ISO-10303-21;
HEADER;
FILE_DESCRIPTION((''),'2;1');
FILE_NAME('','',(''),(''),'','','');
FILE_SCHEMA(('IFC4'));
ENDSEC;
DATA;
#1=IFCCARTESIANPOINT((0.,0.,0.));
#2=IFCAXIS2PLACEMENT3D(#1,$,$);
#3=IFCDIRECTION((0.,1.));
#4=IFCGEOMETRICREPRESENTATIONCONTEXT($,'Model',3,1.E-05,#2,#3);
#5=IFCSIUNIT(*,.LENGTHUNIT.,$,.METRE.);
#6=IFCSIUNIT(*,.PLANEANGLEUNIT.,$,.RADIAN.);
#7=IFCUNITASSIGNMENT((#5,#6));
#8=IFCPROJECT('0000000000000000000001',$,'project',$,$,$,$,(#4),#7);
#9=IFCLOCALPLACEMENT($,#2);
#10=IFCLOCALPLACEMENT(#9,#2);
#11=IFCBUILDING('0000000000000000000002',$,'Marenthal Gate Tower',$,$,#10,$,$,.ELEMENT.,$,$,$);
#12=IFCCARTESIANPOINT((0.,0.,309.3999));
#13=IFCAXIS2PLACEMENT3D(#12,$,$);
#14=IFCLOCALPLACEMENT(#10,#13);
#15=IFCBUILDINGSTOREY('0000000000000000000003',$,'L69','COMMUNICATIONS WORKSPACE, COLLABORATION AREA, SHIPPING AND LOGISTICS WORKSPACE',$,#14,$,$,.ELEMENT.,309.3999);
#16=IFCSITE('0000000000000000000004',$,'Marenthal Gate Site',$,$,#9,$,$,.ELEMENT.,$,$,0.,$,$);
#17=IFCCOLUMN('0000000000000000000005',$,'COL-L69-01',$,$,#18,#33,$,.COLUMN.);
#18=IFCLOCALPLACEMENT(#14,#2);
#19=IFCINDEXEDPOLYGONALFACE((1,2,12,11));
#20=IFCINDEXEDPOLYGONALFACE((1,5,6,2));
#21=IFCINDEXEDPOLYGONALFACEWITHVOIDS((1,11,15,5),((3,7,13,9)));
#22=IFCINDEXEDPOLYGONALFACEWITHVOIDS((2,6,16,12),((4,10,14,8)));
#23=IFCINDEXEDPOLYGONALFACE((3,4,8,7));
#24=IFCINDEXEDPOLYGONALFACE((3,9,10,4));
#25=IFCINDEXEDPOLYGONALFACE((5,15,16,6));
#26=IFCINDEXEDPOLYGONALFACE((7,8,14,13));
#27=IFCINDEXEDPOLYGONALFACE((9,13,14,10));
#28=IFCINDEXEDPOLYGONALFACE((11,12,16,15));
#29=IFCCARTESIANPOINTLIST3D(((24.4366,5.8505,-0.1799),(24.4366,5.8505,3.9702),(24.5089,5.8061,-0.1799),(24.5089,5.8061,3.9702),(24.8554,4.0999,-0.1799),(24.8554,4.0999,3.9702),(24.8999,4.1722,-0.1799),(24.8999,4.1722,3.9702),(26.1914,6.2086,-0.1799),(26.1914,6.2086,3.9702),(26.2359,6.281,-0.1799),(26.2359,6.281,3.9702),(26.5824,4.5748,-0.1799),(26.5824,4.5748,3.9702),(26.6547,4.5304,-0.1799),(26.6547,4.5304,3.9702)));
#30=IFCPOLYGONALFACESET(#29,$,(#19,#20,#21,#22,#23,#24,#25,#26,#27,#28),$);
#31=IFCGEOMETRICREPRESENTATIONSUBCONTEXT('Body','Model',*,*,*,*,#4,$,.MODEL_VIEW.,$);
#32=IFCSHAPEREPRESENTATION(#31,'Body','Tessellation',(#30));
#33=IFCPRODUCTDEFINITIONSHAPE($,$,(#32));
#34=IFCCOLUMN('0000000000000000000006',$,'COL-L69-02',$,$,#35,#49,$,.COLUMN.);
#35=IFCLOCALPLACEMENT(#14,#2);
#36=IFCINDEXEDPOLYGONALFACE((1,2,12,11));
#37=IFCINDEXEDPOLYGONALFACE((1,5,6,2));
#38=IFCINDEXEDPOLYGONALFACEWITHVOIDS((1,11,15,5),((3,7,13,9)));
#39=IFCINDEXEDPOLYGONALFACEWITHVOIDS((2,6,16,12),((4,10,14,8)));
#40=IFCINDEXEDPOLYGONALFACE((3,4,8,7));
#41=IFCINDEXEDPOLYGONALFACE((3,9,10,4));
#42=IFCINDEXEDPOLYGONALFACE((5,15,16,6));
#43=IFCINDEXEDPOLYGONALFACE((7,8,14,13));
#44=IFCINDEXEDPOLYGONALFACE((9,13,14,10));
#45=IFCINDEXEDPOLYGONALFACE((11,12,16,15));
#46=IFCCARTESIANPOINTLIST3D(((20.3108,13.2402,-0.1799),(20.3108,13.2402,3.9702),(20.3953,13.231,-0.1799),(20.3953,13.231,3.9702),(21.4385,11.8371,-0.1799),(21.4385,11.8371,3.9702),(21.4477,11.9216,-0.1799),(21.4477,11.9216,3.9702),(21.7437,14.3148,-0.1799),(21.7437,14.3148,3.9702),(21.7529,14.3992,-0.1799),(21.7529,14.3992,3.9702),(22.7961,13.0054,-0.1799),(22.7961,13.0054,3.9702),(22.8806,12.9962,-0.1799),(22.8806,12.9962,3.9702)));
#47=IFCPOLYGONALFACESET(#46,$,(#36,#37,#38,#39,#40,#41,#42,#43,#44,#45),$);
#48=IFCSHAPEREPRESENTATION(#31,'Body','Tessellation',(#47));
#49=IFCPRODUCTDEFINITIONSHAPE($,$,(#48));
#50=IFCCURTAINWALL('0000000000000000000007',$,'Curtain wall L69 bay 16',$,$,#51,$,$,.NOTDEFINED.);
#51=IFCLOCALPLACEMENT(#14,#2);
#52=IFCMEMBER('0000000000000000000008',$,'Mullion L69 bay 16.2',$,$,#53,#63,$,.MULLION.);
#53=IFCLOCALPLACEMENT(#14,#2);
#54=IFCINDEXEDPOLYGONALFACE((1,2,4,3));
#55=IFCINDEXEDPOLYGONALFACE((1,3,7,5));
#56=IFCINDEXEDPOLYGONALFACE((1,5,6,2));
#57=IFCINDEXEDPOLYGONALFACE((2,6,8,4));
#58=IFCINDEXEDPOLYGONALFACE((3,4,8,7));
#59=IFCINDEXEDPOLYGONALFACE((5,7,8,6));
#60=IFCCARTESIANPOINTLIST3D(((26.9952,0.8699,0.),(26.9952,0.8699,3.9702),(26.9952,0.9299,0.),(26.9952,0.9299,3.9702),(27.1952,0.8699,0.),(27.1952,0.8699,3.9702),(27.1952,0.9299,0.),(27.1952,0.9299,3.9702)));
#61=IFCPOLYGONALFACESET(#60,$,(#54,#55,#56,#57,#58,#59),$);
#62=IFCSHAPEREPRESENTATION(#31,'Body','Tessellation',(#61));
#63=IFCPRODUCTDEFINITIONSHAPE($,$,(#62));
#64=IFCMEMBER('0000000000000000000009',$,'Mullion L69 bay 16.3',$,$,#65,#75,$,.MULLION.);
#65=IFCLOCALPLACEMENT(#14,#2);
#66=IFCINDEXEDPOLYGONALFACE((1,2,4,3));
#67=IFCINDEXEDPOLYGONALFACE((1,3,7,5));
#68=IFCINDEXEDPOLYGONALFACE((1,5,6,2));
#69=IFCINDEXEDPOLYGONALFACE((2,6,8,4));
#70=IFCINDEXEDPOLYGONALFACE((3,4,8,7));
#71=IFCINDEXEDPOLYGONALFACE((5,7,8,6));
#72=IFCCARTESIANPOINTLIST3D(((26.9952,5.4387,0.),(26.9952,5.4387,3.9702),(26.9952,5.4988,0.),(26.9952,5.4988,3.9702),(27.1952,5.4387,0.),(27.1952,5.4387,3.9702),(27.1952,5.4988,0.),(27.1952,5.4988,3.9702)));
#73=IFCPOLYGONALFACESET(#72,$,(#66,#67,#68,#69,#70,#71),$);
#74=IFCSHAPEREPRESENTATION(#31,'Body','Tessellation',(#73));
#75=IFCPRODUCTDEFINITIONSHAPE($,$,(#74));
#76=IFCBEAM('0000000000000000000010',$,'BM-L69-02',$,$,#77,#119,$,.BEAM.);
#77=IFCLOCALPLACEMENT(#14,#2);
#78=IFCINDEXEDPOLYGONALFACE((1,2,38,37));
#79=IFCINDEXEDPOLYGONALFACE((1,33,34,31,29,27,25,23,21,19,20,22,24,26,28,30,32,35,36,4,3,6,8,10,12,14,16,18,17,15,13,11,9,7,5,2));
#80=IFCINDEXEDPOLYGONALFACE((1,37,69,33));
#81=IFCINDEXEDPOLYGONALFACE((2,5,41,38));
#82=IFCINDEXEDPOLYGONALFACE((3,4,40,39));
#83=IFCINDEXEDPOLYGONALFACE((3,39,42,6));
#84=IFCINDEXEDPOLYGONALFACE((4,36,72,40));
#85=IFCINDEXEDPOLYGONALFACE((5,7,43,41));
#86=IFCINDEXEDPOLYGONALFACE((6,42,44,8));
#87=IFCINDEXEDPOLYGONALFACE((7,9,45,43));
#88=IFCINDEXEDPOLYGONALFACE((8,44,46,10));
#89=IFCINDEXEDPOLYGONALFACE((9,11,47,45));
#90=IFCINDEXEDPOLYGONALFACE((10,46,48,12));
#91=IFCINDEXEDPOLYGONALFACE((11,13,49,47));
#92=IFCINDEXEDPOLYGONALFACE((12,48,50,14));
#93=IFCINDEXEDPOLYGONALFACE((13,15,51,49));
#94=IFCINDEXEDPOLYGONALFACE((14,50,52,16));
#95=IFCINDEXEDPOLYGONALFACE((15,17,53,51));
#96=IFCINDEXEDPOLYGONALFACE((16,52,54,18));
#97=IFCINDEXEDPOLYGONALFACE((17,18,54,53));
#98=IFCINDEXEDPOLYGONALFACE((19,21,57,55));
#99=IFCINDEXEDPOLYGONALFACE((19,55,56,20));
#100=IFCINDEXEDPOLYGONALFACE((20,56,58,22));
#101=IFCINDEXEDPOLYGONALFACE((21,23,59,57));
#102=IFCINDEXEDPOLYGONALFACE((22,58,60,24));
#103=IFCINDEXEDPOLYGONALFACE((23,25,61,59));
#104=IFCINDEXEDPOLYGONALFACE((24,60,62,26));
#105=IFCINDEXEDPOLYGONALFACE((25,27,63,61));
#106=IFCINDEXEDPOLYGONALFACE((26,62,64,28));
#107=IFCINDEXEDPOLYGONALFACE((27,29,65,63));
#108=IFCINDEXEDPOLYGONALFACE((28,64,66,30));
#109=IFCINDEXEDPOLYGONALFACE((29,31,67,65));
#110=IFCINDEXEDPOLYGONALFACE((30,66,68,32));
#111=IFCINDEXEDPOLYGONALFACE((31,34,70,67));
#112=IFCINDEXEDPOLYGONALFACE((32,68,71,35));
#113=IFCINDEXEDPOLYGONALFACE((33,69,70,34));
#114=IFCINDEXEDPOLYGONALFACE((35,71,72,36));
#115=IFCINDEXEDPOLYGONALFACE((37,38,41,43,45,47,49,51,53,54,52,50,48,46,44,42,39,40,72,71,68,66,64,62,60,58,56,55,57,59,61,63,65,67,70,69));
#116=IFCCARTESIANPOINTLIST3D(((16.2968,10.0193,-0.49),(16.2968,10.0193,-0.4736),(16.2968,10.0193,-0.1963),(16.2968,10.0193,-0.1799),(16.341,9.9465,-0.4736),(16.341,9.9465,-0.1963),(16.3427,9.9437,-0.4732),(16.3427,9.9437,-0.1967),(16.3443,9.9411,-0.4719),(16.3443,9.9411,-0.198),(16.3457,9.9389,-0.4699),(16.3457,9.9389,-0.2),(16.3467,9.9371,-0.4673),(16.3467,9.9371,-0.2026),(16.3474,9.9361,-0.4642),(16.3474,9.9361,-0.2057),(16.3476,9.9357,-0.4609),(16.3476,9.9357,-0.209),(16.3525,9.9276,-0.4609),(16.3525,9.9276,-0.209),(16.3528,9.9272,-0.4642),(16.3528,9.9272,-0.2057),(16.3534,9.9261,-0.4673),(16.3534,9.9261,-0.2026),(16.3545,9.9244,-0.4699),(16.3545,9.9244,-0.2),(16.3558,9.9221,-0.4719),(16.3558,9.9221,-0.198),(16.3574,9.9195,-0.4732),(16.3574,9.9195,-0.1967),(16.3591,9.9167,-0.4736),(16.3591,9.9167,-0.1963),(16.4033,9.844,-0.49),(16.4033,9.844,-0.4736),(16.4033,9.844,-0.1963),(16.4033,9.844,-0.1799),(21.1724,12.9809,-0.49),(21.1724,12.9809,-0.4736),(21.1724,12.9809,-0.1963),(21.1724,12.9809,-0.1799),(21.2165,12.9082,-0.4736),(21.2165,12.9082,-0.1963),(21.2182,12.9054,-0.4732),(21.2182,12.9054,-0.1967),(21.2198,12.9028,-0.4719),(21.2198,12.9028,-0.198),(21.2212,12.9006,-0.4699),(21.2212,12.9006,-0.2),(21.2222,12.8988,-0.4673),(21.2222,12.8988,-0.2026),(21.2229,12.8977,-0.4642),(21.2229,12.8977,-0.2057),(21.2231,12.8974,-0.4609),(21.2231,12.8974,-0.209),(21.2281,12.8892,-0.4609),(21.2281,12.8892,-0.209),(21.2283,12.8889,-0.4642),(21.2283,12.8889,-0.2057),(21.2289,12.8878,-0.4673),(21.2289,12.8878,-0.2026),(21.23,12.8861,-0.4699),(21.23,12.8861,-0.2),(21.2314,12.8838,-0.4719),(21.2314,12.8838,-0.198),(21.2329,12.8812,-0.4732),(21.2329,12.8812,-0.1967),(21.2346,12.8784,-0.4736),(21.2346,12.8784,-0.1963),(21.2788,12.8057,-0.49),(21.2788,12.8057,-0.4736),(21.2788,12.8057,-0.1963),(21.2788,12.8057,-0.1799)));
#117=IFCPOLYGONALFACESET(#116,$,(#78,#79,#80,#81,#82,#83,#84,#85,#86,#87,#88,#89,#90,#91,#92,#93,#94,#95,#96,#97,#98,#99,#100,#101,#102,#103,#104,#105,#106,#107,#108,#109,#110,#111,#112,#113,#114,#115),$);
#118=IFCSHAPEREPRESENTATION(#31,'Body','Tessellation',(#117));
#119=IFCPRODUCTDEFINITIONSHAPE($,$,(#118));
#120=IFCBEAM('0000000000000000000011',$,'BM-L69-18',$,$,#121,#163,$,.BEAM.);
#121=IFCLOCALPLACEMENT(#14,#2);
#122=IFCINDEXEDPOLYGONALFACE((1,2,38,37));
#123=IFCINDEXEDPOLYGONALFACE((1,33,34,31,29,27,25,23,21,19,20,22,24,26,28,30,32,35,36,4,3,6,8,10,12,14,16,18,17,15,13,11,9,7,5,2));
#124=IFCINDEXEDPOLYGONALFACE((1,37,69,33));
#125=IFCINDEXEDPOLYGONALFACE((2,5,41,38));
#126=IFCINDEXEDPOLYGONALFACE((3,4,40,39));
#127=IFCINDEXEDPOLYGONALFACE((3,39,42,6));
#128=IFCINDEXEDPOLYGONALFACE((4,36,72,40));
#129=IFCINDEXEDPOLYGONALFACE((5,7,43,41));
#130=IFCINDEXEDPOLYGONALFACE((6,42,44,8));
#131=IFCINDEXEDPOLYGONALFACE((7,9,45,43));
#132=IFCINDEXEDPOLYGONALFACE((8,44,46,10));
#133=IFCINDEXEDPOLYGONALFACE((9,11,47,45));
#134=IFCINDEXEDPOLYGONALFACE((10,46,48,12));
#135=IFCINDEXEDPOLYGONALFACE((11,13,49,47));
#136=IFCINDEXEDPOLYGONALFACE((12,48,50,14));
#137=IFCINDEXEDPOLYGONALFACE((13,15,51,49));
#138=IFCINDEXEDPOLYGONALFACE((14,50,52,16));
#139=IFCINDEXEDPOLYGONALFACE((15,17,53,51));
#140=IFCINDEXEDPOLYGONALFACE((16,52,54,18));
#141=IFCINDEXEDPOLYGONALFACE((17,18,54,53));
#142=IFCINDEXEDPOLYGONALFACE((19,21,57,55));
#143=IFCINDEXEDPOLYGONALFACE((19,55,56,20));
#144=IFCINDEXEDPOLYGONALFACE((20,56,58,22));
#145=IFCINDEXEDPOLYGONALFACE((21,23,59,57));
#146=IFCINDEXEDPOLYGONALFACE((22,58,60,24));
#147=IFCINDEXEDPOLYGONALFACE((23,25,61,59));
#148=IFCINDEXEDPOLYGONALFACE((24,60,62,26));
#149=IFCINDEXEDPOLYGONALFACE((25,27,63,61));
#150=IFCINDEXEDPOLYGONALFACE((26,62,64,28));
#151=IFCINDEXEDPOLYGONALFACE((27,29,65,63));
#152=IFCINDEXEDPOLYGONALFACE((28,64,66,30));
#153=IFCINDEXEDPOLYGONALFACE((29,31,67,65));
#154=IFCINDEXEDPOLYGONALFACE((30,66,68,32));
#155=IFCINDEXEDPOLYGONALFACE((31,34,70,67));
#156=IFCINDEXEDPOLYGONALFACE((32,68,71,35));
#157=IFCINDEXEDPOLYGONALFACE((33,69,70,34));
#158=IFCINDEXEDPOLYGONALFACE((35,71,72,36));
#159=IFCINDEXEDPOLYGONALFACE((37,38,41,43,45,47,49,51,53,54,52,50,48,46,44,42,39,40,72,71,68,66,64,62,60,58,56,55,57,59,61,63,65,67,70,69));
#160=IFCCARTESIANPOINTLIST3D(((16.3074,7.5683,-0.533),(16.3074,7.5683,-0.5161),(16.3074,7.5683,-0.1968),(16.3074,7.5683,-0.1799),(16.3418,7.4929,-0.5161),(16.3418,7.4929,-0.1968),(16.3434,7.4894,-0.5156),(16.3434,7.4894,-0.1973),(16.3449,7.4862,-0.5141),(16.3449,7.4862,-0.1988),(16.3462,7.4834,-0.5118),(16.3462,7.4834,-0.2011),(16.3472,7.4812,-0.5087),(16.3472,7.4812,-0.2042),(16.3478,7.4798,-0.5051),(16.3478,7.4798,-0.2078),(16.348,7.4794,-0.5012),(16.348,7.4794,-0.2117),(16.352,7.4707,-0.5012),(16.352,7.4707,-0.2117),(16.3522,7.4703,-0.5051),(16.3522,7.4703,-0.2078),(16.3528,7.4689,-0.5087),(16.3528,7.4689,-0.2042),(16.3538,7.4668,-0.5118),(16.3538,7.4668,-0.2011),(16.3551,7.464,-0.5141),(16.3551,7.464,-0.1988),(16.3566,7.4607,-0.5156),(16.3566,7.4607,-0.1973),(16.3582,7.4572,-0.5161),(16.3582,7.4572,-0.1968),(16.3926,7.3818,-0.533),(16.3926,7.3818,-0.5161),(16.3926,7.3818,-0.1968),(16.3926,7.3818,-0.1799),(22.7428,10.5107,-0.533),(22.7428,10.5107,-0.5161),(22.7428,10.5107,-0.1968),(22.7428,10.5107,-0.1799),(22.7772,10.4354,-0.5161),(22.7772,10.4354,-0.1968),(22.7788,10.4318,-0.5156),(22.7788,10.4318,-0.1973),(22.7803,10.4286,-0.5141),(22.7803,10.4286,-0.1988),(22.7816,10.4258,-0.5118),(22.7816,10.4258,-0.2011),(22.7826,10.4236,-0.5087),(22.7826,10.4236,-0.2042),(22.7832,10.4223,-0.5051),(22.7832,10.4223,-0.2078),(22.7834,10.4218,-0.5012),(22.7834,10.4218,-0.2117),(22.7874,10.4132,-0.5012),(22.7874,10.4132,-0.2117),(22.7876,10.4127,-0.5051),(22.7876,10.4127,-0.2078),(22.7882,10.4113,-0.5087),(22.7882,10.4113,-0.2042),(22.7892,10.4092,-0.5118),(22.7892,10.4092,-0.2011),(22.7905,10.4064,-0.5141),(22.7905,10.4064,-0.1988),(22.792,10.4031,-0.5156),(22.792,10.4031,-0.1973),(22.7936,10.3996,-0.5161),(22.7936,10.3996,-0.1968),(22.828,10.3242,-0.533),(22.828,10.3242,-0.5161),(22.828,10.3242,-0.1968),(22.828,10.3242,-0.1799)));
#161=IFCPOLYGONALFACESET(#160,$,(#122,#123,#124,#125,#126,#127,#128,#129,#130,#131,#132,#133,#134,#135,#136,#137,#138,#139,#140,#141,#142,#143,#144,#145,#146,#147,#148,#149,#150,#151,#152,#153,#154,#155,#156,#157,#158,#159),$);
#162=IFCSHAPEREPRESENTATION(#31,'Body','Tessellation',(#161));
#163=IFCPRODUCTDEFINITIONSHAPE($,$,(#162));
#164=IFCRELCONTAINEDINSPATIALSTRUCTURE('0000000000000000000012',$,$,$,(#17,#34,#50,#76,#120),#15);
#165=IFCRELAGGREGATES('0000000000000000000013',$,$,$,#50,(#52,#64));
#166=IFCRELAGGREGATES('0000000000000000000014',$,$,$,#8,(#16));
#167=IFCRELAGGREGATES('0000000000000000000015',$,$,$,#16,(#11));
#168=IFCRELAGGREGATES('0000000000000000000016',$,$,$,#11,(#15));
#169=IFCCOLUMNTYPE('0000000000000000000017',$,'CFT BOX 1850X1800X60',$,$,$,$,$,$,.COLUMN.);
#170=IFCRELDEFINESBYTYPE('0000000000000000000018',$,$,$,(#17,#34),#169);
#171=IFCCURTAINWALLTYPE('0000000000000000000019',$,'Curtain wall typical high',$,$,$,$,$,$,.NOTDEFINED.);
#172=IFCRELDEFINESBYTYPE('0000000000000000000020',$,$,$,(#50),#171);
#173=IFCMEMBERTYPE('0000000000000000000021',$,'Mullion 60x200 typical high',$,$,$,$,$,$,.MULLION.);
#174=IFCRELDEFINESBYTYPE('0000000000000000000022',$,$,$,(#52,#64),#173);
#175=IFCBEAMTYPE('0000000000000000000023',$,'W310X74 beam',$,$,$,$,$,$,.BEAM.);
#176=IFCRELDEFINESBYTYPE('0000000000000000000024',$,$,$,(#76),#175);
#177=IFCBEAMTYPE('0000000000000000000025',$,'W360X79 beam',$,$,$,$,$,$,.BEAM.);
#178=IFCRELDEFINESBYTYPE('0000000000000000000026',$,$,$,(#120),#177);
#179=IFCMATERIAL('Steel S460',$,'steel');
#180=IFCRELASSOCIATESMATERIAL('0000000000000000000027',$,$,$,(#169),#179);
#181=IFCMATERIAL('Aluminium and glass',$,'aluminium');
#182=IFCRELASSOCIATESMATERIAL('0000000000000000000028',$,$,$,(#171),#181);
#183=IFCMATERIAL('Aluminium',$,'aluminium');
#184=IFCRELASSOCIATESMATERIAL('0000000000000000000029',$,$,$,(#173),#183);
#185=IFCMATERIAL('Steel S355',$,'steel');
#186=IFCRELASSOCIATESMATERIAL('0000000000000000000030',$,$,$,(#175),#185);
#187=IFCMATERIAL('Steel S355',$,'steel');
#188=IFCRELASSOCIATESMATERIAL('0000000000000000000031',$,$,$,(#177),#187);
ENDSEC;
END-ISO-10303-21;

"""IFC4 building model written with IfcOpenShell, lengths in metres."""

from ifc_helpers import new_model, si_unit, direction, frame, origin, origin_2d, place, context, subcontext, project, spatial, rectangle, hollow_rectangle, i_section, extrude, material, material_profile, profile_set, type_object, element, aggregate, save


model = new_model("IFC4")

# Units and contexts
model_context = context("Model", 3, precision=1e-05, world=origin(), true_north=direction((0.0, 1.0)))
body_context = subcontext(model_context, "Body", "Model", "MODEL_VIEW")
ifc_project = project(units=[si_unit("LENGTHUNIT", "METRE"), si_unit("PLANEANGLEUNIT", "RADIAN")], contexts=[model_context])

# Site, building, storey
site_placement = place(None, origin())
site = spatial("IfcSite", under=ifc_project, at=site_placement, Name="Marenthal Gate Site", CompositionType="ELEMENT", RefElevation=0.0)
building_placement = place(site_placement, origin())
building = spatial("IfcBuilding", under=site, at=building_placement, Name="Marenthal Gate Tower", CompositionType="ELEMENT")
storey_placement = place(building_placement, frame((0.0, 0.0, 309.3999)))
storey = spatial("IfcBuildingStorey", under=building, at=storey_placement, Name="L69", Description="COMMUNICATIONS WORKSPACE, COLLABORATION AREA, SHIPPING AND LOGISTICS WORKSPACE", CompositionType="ELEMENT", Elevation=309.3999)

# Columns
ifc_material_1 = material(Name="Steel S460", Category="steel")
ifc_material_profile_1 = material_profile(ifc_material_1, hollow_rectangle(XDim=1.8, YDim=1.8501, WallThickness=0.0601, at=origin_2d()), Name="CFT BOX 1850X1800X60")
ifc_material_2 = material(Name="Concrete 70 MPa", Category="concrete")
ifc_material_profile_2 = material_profile(ifc_material_2, rectangle(XDim=1.6799, YDim=1.73, at=origin_2d()), Name="CFT BOX 1850X1800X60 INFILL")
ifc_profile_set_1 = profile_set([ifc_material_profile_1, ifc_material_profile_2], Name="Steel S460 shell, Concrete 70 MPa infill")
column_type = type_object("IfcColumnType", Name="CFT BOX 1850X1800X60", PredefinedType="COLUMN", material=ifc_profile_set_1)
for number, where, z_axis, x_axis, name in (
    (1, (25.5457, 5.1904, -0.1799), (0.0, 0.0, 1.0), (0.232702, -0.972548, 0.0), "COL-L69-01"),
    (2, (21.5957, 13.1182, -0.1799), (0.0, 0.0, 1.0), (0.626475, -0.779442, 0.0), "COL-L69-02"),
):
    element("IfcColumn", number, at=place(storey_placement, frame(where, z_axis=z_axis, x_axis=x_axis)), inside=storey, type_object=column_type, Name=name, PredefinedType="COLUMN", context=body_context, shape_type="SweptSolid", body=[
        extrude(hollow_rectangle(XDim=1.8, YDim=1.8501, WallThickness=0.0601, at=origin_2d()), origin(), (0.0, 0.0, 1.0), 4.1501),
    ])

# Curtain wall, members
ifc_material_3 = material(Name="Aluminium and glass", Category="aluminium")
curtain_wall_type = type_object("IfcCurtainWallType", Name="Curtain wall typical high", PredefinedType="NOTDEFINED", material=ifc_material_3)
curtain_wall_placement = place(storey_placement, origin())
curtain_wall = element("IfcCurtainWall", 3, at=curtain_wall_placement, inside=storey, type_object=curtain_wall_type, Name="Curtain wall L69 bay 16", PredefinedType="NOTDEFINED")
ifc_material_4 = material(Name="Aluminium", Category="aluminium")
ifc_material_profile_3 = material_profile(ifc_material_4, rectangle(XDim=0.2, YDim=0.0601, at=origin_2d()), Name="60x200 aluminium mullion")
ifc_profile_set_2 = profile_set([ifc_material_profile_3], Name="Aluminium")
member_type = type_object("IfcMemberType", Name="Mullion 60x200 typical high", PredefinedType="MULLION", material=ifc_profile_set_2)
member_1_placement = place(storey_placement, frame((27.0952, 0.8999, 0.0), z_axis=(0.0, 0.0, 1.0), x_axis=(-1.0, 0.0, 0.0)))
member_1 = element("IfcMember", 4, at=member_1_placement, type_object=member_type, Name="Mullion L69 bay 16.2", PredefinedType="MULLION", context=body_context, shape_type="SweptSolid", body=[
    extrude(rectangle(XDim=0.2, YDim=0.0601, at=origin_2d()), origin(), (0.0, 0.0, 1.0), 3.9702),
])
member_2_placement = place(storey_placement, frame((27.0952, 5.4688, 0.0), z_axis=(0.0, 0.0, 1.0), x_axis=(-1.0, 0.0, 0.0)))
member_2 = element("IfcMember", 5, at=member_2_placement, type_object=member_type, Name="Mullion L69 bay 16.3", PredefinedType="MULLION", context=body_context, shape_type="SweptSolid", body=[
    extrude(rectangle(XDim=0.2, YDim=0.0601, at=origin_2d()), origin(), (0.0, 0.0, 1.0), 3.9702),
])

# Beams
ifc_material_5 = material(Name="Steel S355", Category="steel")
ifc_material_profile_4 = material_profile(ifc_material_5, i_section(OverallWidth=0.2051, OverallDepth=0.3101, WebThickness=0.0095, FlangeThickness=0.0164, FilletRadius=0.0127, at=origin_2d()), Name="W310X74")
ifc_profile_set_3 = profile_set([ifc_material_profile_4], Name="Steel S355")
beam_type_1 = type_object("IfcBeamType", Name="W310X74 beam", PredefinedType="BEAM", material=ifc_profile_set_3)
beam_1_placement = place(storey_placement, frame((21.2256, 12.8933, -0.335), z_axis=(-0.854667, -0.519177, 0.0), x_axis=(0.519177, -0.854667, 0.0)))
element("IfcBeam", 6, at=beam_1_placement, inside=storey, type_object=beam_type_1, Name="BM-L69-02", PredefinedType="BEAM", context=body_context, shape_type="SweptSolid", body=[
    extrude(i_section(OverallWidth=0.2051, OverallDepth=0.3101, WebThickness=0.0095, FlangeThickness=0.0164, FilletRadius=0.0127, at=origin_2d()), origin(), (0.0, 0.0, 1.0), 5.7046),
])
ifc_material_6 = material(Name="Steel S355", Category="steel")
ifc_material_profile_5 = material_profile(ifc_material_6, i_section(OverallWidth=0.2051, OverallDepth=0.353, WebThickness=0.0095, FlangeThickness=0.0168, FilletRadius=0.0149, at=origin_2d()), Name="W360X79")
ifc_profile_set_4 = profile_set([ifc_material_profile_5], Name="Steel S355")
beam_type_2 = type_object("IfcBeamType", Name="W360X79 beam", PredefinedType="BEAM", material=ifc_profile_set_4)
beam_2_placement = place(storey_placement, frame((22.7854, 10.4175, -0.3564), z_axis=(-0.909446, -0.415822, 0.0), x_axis=(0.415822, -0.909446, 0.0)))
element("IfcBeam", 7, at=beam_2_placement, inside=storey, type_object=beam_type_2, Name="BM-L69-18", PredefinedType="BEAM", context=body_context, shape_type="SweptSolid", body=[
    extrude(i_section(OverallWidth=0.2051, OverallDepth=0.353, WebThickness=0.0095, FlangeThickness=0.0168, FilletRadius=0.0149, at=origin_2d()), origin(), (0.0, 0.0, 1.0), 7.0762),
])

aggregate(curtain_wall, [member_1, member_2])

save(model, "model.ifc")
